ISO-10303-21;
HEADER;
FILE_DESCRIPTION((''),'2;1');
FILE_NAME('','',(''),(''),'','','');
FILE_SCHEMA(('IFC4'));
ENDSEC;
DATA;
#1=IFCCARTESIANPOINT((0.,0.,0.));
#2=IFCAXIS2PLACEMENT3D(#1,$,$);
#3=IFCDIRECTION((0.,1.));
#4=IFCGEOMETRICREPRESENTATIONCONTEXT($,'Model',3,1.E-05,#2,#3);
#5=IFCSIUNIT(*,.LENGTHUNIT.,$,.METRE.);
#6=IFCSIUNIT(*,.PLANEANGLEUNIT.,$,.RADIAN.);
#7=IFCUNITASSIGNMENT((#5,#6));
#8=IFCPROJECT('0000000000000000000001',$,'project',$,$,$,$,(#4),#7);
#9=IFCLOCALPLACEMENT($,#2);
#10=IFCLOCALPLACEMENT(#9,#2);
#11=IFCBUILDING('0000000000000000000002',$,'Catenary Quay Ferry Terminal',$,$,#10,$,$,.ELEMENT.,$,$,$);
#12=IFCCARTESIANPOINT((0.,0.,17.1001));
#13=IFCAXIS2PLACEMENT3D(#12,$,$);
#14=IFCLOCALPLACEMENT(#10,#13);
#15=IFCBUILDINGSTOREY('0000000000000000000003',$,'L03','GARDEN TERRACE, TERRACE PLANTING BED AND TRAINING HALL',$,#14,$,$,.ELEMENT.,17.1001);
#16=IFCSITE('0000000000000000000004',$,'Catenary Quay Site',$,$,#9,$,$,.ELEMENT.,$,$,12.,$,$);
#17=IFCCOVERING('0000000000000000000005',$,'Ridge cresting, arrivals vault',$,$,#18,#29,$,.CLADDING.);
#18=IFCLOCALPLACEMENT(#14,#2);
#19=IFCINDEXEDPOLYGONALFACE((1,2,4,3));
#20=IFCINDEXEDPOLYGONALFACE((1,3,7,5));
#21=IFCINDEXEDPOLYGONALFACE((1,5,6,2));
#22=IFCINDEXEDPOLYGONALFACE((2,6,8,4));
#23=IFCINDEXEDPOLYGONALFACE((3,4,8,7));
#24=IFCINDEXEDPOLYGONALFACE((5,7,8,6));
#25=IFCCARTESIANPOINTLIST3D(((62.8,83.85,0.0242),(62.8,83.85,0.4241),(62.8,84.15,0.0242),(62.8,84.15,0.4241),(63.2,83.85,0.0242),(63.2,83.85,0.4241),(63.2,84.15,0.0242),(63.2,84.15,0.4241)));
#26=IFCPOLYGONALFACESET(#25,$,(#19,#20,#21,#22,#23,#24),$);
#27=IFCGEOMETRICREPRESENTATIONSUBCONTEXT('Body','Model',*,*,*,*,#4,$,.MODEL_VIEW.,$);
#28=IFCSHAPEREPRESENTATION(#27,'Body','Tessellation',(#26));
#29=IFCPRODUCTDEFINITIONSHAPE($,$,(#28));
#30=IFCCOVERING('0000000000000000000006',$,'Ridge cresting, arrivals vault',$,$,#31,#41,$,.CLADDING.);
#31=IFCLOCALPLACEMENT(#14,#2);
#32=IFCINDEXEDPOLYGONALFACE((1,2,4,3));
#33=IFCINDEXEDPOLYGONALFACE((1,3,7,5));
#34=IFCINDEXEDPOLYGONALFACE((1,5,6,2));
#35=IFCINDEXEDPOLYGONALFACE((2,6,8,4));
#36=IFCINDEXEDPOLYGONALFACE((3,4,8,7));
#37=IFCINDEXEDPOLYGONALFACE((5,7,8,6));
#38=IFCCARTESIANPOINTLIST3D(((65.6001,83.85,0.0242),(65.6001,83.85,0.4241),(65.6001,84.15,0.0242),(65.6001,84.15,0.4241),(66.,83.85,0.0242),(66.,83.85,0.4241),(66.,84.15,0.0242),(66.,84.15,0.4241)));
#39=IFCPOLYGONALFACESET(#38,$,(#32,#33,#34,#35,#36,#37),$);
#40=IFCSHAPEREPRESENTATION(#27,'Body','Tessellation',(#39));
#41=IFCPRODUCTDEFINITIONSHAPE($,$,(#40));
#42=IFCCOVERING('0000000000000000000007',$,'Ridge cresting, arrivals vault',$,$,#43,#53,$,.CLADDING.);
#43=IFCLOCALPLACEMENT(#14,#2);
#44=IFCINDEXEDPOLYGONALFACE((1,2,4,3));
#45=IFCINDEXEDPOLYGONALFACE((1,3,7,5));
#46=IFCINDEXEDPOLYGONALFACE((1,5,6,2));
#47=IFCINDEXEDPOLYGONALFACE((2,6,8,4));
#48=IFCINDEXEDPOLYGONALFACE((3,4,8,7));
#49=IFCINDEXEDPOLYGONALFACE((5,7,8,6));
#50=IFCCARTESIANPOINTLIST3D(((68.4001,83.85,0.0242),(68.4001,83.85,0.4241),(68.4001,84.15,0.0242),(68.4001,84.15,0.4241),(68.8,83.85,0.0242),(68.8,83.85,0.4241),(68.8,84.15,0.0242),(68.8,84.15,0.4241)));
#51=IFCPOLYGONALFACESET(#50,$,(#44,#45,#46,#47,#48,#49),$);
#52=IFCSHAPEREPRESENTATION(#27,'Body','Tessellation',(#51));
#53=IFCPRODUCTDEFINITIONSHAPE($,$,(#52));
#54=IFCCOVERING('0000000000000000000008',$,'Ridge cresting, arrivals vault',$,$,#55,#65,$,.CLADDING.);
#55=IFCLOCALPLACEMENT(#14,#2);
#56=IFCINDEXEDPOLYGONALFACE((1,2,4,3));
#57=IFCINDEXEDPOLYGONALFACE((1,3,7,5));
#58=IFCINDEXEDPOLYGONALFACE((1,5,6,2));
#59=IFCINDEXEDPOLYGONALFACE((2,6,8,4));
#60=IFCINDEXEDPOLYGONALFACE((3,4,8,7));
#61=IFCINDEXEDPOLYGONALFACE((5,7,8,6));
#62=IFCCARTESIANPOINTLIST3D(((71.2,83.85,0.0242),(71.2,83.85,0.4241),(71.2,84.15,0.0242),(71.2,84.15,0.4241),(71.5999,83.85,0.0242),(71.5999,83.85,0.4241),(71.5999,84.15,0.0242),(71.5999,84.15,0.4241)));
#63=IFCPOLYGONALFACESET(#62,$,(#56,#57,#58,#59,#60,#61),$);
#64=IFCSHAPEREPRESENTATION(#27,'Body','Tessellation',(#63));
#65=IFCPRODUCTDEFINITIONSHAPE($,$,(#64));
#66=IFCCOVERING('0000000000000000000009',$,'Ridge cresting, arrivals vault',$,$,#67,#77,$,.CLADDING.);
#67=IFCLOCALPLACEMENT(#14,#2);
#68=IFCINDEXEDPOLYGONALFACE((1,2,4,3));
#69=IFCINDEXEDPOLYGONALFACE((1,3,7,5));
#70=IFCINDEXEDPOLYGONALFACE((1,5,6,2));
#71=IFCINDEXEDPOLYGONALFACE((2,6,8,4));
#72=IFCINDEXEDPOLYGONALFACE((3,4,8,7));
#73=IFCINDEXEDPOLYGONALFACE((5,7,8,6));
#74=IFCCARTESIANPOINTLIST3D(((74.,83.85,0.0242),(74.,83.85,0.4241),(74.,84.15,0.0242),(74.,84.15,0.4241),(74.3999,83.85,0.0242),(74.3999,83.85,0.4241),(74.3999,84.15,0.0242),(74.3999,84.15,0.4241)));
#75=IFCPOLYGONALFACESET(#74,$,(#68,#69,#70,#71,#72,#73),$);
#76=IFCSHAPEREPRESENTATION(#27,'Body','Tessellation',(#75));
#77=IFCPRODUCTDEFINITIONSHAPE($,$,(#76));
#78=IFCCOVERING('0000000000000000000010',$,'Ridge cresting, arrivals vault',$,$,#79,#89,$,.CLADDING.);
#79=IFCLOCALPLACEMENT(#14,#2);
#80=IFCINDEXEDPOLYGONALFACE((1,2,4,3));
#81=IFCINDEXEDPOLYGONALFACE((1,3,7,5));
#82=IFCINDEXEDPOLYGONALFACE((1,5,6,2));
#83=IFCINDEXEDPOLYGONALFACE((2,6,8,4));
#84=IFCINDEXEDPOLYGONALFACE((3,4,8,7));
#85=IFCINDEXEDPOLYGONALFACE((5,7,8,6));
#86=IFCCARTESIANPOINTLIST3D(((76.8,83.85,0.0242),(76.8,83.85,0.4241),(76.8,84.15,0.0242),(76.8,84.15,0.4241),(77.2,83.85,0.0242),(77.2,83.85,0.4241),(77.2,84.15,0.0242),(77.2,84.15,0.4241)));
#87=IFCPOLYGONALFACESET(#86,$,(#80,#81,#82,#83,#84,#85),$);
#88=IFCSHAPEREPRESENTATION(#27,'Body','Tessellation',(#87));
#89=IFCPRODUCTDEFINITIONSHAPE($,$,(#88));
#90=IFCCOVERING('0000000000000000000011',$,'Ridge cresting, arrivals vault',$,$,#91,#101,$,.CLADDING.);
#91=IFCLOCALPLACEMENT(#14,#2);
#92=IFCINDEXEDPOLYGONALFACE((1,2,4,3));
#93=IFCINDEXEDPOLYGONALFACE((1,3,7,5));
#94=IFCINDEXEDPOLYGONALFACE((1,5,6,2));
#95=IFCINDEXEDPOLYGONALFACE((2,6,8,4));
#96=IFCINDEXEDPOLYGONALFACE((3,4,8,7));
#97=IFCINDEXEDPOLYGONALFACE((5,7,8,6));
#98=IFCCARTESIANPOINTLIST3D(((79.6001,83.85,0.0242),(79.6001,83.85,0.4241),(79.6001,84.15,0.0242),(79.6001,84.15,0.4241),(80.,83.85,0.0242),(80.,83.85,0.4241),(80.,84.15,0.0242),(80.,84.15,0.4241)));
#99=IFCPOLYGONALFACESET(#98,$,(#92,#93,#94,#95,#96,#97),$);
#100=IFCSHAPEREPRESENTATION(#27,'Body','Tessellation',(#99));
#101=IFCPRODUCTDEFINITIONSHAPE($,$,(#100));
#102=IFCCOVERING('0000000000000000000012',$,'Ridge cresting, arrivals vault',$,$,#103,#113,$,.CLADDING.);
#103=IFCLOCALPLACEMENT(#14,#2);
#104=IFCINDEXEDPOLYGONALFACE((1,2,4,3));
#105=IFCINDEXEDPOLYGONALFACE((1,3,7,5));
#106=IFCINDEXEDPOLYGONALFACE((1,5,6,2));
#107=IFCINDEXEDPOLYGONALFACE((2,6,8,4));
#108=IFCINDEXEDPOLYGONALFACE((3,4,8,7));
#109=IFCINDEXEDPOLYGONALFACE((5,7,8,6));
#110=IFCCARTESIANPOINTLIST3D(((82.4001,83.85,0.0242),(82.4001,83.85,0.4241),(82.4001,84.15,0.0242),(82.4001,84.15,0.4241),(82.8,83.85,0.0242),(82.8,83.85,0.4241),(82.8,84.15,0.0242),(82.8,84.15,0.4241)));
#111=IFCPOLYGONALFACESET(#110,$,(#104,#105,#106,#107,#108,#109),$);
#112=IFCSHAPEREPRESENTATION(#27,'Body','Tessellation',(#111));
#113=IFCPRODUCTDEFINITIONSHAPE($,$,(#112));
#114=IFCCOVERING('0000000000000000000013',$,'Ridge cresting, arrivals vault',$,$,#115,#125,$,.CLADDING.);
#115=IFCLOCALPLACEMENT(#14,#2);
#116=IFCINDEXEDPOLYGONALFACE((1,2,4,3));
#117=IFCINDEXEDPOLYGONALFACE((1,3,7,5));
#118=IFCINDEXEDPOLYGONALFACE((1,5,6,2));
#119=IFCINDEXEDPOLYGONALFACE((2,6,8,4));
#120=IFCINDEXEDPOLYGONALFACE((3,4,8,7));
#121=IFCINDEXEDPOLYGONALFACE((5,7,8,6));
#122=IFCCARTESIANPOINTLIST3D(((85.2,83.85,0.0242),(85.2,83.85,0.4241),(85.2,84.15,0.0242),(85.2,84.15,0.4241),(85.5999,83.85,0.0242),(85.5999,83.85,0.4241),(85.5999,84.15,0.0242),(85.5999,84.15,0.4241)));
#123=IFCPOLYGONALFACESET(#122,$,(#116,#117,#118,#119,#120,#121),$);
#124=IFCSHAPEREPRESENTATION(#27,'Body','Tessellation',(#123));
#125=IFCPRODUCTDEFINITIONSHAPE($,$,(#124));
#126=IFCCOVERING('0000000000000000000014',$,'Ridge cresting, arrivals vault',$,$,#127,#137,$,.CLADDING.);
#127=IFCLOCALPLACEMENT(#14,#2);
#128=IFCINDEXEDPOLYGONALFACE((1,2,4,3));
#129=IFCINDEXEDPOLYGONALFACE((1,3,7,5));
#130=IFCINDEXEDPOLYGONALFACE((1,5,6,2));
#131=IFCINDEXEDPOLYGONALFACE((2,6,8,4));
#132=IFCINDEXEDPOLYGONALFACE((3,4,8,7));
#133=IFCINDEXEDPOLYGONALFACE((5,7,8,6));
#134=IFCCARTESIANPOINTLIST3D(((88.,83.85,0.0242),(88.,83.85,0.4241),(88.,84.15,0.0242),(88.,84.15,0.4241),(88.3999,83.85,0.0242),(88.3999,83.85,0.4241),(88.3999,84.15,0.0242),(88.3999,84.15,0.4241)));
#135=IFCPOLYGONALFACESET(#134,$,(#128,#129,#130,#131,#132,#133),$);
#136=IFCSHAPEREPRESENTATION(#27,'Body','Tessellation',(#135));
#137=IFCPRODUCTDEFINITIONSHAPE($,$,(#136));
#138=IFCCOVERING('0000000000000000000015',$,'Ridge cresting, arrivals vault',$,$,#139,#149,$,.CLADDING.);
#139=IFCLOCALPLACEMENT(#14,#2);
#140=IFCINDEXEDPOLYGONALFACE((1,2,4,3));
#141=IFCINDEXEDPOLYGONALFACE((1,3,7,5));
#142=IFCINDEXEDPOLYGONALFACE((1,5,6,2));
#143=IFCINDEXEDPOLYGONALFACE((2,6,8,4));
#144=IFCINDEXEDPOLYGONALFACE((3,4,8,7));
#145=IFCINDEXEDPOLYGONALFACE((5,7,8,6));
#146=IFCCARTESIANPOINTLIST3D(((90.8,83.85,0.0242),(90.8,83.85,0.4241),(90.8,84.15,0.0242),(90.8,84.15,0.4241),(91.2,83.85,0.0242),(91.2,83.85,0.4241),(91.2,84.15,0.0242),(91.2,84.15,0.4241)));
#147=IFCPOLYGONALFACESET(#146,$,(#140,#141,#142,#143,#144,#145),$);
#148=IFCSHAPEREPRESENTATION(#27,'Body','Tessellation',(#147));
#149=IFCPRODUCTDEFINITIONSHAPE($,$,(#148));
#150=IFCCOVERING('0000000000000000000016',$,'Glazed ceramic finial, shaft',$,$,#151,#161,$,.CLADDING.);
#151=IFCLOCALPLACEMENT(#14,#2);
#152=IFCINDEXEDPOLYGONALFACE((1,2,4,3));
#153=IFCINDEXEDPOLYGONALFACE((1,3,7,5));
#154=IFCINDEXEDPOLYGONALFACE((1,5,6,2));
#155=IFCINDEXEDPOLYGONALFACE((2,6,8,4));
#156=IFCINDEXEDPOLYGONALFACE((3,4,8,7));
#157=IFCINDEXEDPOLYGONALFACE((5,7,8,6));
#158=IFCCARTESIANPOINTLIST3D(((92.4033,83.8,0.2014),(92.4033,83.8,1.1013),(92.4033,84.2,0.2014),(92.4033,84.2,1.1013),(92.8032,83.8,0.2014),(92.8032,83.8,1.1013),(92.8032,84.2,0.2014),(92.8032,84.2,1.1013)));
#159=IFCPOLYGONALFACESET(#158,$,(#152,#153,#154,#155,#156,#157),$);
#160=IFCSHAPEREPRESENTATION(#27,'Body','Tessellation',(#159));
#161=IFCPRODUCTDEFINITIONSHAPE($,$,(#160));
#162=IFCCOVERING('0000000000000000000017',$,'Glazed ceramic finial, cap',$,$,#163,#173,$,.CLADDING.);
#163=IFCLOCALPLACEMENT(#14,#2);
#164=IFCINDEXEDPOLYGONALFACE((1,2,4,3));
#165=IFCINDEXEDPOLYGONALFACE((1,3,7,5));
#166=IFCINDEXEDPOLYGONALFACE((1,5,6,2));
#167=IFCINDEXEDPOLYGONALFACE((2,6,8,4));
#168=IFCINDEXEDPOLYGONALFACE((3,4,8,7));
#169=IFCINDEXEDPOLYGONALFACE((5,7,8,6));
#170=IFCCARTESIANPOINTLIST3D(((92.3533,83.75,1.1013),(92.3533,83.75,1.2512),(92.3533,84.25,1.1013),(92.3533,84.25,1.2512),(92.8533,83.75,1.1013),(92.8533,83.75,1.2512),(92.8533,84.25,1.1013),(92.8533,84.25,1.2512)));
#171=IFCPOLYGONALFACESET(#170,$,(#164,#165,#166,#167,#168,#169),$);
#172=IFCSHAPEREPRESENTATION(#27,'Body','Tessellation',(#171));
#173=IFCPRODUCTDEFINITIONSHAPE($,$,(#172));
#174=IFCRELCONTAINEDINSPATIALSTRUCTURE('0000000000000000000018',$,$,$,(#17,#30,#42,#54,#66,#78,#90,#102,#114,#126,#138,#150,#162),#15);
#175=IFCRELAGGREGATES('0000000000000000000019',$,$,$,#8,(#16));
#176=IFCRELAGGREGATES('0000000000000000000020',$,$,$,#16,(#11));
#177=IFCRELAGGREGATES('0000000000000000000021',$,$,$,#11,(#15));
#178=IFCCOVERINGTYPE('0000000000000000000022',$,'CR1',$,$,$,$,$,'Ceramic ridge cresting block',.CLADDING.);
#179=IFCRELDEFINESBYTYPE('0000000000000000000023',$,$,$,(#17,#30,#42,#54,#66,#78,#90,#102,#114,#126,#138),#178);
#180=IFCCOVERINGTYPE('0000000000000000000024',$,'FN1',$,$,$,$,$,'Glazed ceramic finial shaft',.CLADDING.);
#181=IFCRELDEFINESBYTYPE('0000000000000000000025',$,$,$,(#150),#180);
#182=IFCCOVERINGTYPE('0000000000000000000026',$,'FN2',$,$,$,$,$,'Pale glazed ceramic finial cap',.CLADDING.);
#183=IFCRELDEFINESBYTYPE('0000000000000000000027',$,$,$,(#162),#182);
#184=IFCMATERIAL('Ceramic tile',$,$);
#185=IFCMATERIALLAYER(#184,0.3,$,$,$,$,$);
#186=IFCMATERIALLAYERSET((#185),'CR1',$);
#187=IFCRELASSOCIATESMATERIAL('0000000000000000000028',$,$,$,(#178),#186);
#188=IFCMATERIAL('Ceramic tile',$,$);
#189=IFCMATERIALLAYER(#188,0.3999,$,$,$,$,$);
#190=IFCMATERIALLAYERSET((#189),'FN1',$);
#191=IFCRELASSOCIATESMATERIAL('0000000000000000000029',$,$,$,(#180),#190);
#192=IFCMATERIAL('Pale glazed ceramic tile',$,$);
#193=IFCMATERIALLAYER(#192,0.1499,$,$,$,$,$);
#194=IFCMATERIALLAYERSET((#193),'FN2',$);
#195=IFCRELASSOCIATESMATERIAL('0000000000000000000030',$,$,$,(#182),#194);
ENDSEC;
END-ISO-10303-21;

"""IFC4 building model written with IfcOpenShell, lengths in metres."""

from ifc_helpers import new_model, si_unit, direction, frame, origin, origin_2d, place, context, subcontext, project, spatial, rectangle, extrude, material, layer, layer_set, type_object, element, save


model = new_model("IFC4")

# Units and contexts
model_context = context("Model", 3, precision=1e-05, world=origin(), true_north=direction((0.0, 1.0)))
body_context = subcontext(model_context, "Body", "Model", "MODEL_VIEW")
ifc_project = project(units=[si_unit("LENGTHUNIT", "METRE"), si_unit("PLANEANGLEUNIT", "RADIAN")], contexts=[model_context])

# Site, building, storey
site_placement = place(None, origin())
site = spatial("IfcSite", under=ifc_project, at=site_placement, Name="Catenary Quay Site", CompositionType="ELEMENT", RefElevation=12.0)
building_placement = place(site_placement, origin())
building = spatial("IfcBuilding", under=site, at=building_placement, Name="Catenary Quay Ferry Terminal", CompositionType="ELEMENT")
storey_placement = place(building_placement, frame((0.0, 0.0, 17.1001)))
storey = spatial("IfcBuildingStorey", under=building, at=storey_placement, Name="L03", Description="GARDEN TERRACE, TERRACE PLANTING BED AND TRAINING HALL", CompositionType="ELEMENT", Elevation=17.1001)

# Coverings
ifc_material_1 = material(Name="Ceramic tile")
ifc_layer_1 = layer(ifc_material_1, 0.3)
ifc_layer_set_1 = layer_set([ifc_layer_1], Name="CR1")
covering_type_1 = type_object("IfcCoveringType", Name="CR1", ElementType="Ceramic ridge cresting block", PredefinedType="CLADDING", material=ifc_layer_set_1)
for number, where, z_axis, x_axis, name in (
    (1, (63.0, 84.0, 0.0242), (0.0, 0.0, 1.0), (1.0, 0.0, 0.0), "Ridge cresting, arrivals vault"),
    (2, (65.8, 84.0, 0.0242), (0.0, 0.0, 1.0), (1.0, 0.0, 0.0), "Ridge cresting, arrivals vault"),
    (3, (68.6001, 84.0, 0.0242), (0.0, 0.0, 1.0), (1.0, 0.0, 0.0), "Ridge cresting, arrivals vault"),
    (4, (71.3999, 84.0, 0.0242), (0.0, 0.0, 1.0), (1.0, 0.0, 0.0), "Ridge cresting, arrivals vault"),
    (5, (74.2, 84.0, 0.0242), (0.0, 0.0, 1.0), (1.0, 0.0, 0.0), "Ridge cresting, arrivals vault"),
    (6, (77.0, 84.0, 0.0242), (0.0, 0.0, 1.0), (1.0, 0.0, 0.0), "Ridge cresting, arrivals vault"),
    (7, (79.8, 84.0, 0.0242), (0.0, 0.0, 1.0), (1.0, 0.0, 0.0), "Ridge cresting, arrivals vault"),
    (8, (82.6001, 84.0, 0.0242), (0.0, 0.0, 1.0), (1.0, 0.0, 0.0), "Ridge cresting, arrivals vault"),
    (9, (85.3999, 84.0, 0.0242), (0.0, 0.0, 1.0), (1.0, 0.0, 0.0), "Ridge cresting, arrivals vault"),
    (10, (88.2, 84.0, 0.0242), (0.0, 0.0, 1.0), (1.0, 0.0, 0.0), "Ridge cresting, arrivals vault"),
    (11, (91.0, 84.0, 0.0242), (0.0, 0.0, 1.0), (1.0, 0.0, 0.0), "Ridge cresting, arrivals vault"),
):
    element("IfcCovering", number, at=place(storey_placement, frame(where, z_axis=z_axis, x_axis=x_axis)), inside=storey, type_object=covering_type_1, Name=name, PredefinedType="CLADDING", context=body_context, shape_type="SweptSolid", body=[
        extrude(rectangle(XDim=0.3999, YDim=0.3, at=origin_2d()), origin(), (0.0, 0.0, 1.0), 0.3999),
    ])
ifc_material_2 = material(Name="Ceramic tile")
ifc_layer_2 = layer(ifc_material_2, 0.3999)
ifc_layer_set_2 = layer_set([ifc_layer_2], Name="FN1")
covering_type_2 = type_object("IfcCoveringType", Name="FN1", ElementType="Glazed ceramic finial shaft", PredefinedType="CLADDING", material=ifc_layer_set_2)
covering_1_placement = place(storey_placement, frame((92.6033, 84.0, 0.2014), z_axis=(0.0, 0.0, 1.0), x_axis=(1.0, 0.0, 0.0)))
element("IfcCovering", 12, at=covering_1_placement, inside=storey, type_object=covering_type_2, Name="Glazed ceramic finial, shaft", PredefinedType="CLADDING", context=body_context, shape_type="SweptSolid", body=[
    extrude(rectangle(XDim=0.3999, YDim=0.3999, at=origin_2d()), origin(), (0.0, 0.0, 1.0), 0.8999),
])
ifc_material_3 = material(Name="Pale glazed ceramic tile")
ifc_layer_3 = layer(ifc_material_3, 0.1499)
ifc_layer_set_3 = layer_set([ifc_layer_3], Name="FN2")
covering_type_3 = type_object("IfcCoveringType", Name="FN2", ElementType="Pale glazed ceramic finial cap", PredefinedType="CLADDING", material=ifc_layer_set_3)
covering_2_placement = place(storey_placement, frame((92.6033, 84.0, 1.1013), z_axis=(0.0, 0.0, 1.0), x_axis=(1.0, 0.0, 0.0)))
element("IfcCovering", 13, at=covering_2_placement, inside=storey, type_object=covering_type_3, Name="Glazed ceramic finial, cap", PredefinedType="CLADDING", context=body_context, shape_type="SweptSolid", body=[
    extrude(rectangle(XDim=0.5, YDim=0.5, at=origin_2d()), origin(), (0.0, 0.0, 1.0), 0.1499),
])

save(model, "model.ifc")
